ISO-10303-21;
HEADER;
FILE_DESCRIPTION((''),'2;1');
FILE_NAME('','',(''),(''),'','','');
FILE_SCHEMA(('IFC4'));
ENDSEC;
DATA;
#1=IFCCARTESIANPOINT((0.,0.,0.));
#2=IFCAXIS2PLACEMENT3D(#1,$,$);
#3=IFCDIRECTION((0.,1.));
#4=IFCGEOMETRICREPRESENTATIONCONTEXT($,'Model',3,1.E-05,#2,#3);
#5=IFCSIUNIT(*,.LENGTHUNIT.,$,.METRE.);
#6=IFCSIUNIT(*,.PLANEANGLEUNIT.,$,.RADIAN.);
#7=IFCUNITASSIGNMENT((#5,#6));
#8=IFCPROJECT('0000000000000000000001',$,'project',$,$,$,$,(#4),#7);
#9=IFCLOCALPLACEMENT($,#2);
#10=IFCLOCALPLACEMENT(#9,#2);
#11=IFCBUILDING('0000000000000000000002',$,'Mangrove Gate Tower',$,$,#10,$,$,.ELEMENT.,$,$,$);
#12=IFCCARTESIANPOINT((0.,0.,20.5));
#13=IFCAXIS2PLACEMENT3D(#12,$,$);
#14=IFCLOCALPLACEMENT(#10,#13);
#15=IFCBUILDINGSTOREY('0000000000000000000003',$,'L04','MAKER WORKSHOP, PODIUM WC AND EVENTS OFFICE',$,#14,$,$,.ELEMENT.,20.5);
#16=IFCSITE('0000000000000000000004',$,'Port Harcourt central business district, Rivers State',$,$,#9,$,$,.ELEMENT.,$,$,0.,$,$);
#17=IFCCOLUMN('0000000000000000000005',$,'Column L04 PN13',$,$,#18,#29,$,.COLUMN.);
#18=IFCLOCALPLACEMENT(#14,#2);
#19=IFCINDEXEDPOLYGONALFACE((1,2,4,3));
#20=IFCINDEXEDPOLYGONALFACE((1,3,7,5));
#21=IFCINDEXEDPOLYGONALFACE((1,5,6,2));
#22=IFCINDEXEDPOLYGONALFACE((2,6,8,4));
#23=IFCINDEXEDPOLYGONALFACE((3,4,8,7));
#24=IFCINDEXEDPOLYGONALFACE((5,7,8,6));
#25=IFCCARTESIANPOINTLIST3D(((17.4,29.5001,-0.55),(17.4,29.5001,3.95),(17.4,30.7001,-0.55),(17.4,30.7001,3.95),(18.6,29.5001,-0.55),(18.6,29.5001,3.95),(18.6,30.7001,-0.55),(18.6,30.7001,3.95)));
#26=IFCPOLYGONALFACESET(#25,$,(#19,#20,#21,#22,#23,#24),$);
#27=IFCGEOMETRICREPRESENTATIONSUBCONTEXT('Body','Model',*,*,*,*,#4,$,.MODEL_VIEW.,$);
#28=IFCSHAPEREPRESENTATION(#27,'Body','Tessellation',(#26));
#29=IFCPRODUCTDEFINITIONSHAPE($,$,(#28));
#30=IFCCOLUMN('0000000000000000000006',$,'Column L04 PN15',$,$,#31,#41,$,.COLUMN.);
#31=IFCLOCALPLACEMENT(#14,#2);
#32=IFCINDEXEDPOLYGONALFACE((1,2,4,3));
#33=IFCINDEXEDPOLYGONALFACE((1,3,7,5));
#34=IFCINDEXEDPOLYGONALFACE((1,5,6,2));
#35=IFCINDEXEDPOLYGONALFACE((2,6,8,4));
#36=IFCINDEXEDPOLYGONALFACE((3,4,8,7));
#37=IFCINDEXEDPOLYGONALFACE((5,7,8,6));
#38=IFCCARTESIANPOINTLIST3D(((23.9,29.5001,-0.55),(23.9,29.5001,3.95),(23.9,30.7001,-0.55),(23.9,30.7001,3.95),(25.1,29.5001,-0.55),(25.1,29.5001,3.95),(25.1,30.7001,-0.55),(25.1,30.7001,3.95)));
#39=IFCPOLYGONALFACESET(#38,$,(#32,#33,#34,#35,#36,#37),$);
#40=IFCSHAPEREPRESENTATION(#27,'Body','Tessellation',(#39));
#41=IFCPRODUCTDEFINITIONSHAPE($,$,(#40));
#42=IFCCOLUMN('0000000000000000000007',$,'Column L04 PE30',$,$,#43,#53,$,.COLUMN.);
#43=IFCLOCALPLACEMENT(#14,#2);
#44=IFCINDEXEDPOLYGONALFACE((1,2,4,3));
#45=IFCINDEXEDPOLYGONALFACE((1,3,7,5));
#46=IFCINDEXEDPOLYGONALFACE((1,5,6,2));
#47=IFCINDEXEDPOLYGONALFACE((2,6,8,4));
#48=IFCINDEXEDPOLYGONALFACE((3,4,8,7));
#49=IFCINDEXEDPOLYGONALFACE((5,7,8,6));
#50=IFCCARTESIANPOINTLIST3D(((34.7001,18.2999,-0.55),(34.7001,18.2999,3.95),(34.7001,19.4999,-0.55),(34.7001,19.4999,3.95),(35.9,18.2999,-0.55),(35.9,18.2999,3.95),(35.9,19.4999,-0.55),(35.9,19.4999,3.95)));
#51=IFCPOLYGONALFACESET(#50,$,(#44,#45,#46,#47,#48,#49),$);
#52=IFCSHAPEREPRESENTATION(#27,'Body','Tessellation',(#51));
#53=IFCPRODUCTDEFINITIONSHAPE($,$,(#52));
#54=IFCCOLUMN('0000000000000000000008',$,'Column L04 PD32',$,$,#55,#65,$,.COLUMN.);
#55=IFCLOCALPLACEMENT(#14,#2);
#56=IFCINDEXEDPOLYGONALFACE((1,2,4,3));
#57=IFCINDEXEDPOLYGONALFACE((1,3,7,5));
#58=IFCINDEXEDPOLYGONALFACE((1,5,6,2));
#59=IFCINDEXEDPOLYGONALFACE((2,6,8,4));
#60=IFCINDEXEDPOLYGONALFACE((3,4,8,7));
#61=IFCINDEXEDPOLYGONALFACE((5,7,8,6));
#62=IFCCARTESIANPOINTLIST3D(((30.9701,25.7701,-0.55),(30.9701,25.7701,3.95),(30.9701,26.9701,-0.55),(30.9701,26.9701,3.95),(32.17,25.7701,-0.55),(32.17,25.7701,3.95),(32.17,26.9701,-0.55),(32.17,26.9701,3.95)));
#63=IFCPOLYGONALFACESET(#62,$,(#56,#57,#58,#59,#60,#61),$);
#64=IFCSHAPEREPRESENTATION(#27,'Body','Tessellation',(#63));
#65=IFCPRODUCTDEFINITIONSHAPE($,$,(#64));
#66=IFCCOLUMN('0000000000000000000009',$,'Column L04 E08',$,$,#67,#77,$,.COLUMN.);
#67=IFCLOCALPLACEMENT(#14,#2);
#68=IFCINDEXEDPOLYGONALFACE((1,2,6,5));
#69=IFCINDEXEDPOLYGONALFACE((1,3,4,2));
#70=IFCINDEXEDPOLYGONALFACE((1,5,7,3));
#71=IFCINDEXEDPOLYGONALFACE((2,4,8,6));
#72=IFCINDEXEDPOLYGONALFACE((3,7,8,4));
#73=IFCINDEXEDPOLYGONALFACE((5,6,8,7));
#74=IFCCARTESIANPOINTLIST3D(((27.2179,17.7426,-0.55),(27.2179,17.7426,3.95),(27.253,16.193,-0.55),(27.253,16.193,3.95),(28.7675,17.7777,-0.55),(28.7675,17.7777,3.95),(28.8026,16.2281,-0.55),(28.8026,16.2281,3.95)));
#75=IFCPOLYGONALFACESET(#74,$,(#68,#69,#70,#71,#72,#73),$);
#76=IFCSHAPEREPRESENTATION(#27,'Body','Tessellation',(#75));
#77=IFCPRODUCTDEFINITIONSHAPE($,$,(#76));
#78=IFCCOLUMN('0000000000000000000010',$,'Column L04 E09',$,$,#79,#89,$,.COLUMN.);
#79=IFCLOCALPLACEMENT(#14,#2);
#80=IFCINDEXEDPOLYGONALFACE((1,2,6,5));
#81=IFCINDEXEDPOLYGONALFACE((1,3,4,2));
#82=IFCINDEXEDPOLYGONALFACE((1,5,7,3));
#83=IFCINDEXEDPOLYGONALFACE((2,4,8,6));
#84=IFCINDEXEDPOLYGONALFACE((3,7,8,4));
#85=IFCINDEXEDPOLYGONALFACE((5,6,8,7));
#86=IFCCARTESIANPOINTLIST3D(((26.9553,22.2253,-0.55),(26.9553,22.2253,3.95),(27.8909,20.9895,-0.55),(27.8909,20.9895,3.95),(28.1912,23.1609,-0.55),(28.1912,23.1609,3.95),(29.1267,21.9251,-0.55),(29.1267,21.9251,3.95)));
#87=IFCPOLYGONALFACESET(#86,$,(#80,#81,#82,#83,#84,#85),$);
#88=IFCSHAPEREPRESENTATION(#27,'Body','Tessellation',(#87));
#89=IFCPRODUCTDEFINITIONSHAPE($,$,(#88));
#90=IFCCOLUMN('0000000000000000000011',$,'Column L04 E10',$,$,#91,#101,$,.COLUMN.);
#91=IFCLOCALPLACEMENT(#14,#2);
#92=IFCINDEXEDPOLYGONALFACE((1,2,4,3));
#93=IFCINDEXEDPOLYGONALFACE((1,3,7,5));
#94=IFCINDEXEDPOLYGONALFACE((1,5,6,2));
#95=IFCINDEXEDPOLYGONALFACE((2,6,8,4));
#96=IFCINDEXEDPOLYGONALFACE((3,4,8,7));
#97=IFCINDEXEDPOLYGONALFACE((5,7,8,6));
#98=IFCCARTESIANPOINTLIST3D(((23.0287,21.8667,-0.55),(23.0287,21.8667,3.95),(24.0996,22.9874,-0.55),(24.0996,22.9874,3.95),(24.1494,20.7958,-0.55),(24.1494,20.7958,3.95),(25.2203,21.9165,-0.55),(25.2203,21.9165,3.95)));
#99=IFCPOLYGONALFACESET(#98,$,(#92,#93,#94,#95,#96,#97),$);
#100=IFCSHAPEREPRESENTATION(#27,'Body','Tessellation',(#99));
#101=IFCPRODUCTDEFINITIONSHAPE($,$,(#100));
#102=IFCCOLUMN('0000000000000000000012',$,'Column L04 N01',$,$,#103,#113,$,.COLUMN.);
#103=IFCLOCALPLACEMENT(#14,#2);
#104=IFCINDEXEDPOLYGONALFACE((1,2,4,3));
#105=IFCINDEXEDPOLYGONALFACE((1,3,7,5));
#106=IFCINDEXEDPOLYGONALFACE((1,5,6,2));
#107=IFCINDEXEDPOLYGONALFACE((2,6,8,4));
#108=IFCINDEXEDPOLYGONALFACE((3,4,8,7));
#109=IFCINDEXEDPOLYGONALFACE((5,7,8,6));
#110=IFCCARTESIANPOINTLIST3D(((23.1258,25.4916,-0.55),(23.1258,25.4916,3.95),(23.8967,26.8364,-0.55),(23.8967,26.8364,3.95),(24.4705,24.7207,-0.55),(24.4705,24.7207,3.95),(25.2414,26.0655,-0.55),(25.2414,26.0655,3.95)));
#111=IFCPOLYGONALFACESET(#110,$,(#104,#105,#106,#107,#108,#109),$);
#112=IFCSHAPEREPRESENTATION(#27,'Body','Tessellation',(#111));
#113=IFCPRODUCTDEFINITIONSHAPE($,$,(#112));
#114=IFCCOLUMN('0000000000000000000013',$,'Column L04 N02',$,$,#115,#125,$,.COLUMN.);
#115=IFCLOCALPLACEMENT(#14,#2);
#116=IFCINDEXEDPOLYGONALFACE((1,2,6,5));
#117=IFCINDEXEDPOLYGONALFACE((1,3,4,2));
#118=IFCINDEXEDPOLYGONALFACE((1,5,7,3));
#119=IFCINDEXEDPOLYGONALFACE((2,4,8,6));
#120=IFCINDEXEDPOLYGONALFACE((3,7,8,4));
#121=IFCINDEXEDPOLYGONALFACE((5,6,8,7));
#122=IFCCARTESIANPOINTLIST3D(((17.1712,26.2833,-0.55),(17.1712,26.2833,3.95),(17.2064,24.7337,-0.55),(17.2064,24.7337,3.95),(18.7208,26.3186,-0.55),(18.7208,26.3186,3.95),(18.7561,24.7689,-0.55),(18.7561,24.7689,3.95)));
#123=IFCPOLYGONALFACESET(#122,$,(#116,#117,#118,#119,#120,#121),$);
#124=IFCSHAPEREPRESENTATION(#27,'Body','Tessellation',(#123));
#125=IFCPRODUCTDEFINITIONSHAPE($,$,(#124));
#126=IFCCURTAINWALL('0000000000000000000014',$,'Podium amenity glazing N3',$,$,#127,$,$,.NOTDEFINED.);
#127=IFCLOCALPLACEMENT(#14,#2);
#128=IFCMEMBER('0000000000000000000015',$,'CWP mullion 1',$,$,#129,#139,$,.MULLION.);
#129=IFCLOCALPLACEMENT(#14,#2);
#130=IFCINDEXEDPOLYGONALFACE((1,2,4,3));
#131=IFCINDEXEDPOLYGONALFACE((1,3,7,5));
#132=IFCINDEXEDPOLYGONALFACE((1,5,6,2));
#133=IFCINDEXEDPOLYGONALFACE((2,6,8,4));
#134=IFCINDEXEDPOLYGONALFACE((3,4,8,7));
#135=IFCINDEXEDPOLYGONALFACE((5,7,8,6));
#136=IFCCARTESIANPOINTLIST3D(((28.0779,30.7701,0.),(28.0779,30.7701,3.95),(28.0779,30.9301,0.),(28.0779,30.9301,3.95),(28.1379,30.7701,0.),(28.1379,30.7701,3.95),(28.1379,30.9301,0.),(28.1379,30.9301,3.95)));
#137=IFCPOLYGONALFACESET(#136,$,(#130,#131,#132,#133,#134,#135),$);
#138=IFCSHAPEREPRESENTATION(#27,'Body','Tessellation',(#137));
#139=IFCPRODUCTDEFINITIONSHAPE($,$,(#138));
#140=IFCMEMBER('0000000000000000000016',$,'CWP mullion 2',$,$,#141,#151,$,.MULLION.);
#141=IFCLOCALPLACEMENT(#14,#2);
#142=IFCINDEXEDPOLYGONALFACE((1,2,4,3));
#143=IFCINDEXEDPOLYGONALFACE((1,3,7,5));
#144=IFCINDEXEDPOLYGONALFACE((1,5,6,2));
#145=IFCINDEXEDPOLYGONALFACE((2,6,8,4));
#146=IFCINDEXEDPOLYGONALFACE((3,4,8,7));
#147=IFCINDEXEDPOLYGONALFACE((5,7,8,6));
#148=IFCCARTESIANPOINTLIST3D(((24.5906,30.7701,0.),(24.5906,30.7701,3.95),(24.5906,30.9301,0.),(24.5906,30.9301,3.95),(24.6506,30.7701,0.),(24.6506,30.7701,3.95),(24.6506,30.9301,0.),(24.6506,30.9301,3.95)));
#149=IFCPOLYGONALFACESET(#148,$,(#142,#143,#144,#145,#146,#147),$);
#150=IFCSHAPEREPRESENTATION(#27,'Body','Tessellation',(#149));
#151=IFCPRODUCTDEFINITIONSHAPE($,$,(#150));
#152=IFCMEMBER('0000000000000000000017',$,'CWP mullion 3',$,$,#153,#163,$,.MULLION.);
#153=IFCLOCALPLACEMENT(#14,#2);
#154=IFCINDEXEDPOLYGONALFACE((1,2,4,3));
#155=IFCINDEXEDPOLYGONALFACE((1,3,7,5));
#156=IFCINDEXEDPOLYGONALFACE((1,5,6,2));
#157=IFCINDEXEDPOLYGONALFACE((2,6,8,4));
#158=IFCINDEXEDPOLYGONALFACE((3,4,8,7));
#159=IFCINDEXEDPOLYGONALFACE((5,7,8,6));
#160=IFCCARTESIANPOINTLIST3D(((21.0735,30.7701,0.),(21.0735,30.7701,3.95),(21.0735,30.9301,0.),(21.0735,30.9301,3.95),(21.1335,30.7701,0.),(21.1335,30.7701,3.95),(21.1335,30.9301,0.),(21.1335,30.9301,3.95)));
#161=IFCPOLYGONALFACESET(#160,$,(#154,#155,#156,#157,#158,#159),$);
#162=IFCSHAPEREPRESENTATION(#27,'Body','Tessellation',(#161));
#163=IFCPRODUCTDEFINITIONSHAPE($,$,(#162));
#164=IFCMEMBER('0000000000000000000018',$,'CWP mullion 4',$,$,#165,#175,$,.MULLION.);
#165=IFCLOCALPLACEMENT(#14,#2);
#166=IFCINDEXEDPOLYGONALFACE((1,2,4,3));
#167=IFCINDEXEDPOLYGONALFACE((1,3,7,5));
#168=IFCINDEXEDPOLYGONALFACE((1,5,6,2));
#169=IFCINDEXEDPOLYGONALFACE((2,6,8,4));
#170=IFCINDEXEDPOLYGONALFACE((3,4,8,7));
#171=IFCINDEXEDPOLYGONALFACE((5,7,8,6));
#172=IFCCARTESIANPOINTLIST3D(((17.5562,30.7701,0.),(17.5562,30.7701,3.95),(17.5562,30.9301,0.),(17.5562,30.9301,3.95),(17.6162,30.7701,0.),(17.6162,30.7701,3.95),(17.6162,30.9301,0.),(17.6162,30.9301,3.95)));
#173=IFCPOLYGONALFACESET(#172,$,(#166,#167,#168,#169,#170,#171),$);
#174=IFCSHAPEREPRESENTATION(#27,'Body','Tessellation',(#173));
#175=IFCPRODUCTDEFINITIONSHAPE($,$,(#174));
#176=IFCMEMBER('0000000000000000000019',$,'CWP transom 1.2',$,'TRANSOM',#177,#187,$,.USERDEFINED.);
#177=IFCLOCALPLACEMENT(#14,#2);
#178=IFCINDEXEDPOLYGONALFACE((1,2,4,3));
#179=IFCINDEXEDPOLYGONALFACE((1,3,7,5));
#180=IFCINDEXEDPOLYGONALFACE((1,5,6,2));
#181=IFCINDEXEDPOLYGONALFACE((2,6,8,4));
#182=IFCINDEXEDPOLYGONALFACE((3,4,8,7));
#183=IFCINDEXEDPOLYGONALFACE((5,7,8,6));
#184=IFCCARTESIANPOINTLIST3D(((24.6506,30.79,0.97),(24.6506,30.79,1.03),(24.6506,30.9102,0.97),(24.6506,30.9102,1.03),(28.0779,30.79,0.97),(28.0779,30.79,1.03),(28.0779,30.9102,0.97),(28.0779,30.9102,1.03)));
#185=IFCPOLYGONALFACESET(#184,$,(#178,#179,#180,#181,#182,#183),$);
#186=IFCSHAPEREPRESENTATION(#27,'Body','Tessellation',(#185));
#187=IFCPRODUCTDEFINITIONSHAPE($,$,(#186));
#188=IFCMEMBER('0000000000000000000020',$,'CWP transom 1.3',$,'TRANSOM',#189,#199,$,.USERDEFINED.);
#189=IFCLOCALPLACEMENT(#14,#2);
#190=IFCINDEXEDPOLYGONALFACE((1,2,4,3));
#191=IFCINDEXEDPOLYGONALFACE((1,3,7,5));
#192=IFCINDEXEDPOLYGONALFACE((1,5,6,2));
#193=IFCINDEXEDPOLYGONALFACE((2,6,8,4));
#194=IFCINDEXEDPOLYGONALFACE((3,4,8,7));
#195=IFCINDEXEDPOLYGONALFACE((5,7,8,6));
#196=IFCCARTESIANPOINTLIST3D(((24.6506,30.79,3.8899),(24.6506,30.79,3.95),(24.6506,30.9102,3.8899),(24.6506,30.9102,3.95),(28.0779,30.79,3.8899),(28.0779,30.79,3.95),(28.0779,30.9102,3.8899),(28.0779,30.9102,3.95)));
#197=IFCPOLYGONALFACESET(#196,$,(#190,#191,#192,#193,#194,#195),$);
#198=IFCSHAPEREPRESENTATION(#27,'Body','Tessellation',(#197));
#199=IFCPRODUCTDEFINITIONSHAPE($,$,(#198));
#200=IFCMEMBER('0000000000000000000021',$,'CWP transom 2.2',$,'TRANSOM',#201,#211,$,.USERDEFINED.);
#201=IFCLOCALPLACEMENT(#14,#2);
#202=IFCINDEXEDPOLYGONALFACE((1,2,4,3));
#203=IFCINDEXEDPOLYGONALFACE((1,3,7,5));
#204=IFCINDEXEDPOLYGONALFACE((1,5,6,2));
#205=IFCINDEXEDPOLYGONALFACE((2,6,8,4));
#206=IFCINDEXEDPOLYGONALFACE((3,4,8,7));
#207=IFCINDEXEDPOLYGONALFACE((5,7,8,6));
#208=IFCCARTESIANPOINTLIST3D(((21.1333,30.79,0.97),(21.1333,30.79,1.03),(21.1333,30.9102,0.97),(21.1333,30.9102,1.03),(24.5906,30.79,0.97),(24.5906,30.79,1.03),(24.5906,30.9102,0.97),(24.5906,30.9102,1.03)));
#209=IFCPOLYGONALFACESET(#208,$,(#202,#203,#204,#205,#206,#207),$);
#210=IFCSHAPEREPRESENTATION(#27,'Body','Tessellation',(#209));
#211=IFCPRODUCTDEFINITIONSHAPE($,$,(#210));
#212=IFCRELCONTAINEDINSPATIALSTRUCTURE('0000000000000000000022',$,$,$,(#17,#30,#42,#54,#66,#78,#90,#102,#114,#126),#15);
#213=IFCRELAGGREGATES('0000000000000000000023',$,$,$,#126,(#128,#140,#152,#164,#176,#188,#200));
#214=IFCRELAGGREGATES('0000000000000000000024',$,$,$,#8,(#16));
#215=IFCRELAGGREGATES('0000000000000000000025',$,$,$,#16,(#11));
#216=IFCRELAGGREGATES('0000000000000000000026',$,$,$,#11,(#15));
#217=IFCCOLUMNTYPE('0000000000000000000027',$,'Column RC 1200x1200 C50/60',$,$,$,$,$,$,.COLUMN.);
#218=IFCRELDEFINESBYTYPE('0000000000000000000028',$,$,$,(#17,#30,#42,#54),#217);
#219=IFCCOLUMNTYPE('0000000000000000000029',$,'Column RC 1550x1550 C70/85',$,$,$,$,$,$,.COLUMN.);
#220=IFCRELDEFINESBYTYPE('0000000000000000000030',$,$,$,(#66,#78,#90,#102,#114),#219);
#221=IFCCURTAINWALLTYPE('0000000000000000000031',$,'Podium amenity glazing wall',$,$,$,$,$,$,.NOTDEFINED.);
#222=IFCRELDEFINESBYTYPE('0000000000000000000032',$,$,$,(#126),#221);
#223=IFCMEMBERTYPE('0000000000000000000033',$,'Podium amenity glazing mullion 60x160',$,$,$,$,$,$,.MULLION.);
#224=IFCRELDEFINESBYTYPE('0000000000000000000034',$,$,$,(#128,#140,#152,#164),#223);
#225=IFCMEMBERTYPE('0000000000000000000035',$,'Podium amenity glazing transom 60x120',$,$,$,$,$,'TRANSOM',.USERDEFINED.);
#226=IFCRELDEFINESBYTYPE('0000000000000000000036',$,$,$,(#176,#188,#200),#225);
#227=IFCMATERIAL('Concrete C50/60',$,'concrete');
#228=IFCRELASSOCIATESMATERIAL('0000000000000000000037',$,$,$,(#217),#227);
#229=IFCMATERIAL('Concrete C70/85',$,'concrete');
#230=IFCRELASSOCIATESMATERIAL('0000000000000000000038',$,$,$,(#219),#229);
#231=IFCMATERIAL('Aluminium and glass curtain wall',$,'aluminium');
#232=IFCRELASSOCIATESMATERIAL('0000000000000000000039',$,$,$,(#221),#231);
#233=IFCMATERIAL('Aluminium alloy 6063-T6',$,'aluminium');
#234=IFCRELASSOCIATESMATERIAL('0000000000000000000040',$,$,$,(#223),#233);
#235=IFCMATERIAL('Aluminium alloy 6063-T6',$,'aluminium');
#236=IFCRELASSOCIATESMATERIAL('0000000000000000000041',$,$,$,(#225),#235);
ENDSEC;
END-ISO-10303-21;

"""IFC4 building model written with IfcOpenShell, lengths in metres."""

from ifc_helpers import new_model, si_unit, direction, frame, origin, origin_2d, place, context, subcontext, project, spatial, rectangle, extrude, material, material_profile, profile_set, type_object, element, aggregate, save


model = new_model("IFC4")

# Units and contexts
model_context = context("Model", 3, precision=1e-05, world=origin(), true_north=direction((0.0, 1.0)))
body_context = subcontext(model_context, "Body", "Model", "MODEL_VIEW")
ifc_project = project(units=[si_unit("LENGTHUNIT", "METRE"), si_unit("PLANEANGLEUNIT", "RADIAN")], contexts=[model_context])

# Site, building, storey
site_placement = place(None, origin())
site = spatial("IfcSite", under=ifc_project, at=site_placement, Name="Port Harcourt central business district, Rivers State", CompositionType="ELEMENT", RefElevation=0.0)
building_placement = place(site_placement, origin())
building = spatial("IfcBuilding", under=site, at=building_placement, Name="Mangrove Gate Tower", CompositionType="ELEMENT")
storey_placement = place(building_placement, frame((0.0, 0.0, 20.5)))
storey = spatial("IfcBuildingStorey", under=building, at=storey_placement, Name="L04", Description="MAKER WORKSHOP, PODIUM WC AND EVENTS OFFICE", CompositionType="ELEMENT", Elevation=20.5)

# Columns
ifc_material_1 = material(Name="Concrete C50/60", Category="concrete")
ifc_material_profile_1 = material_profile(ifc_material_1, rectangle(XDim=1.2, YDim=1.2, at=origin_2d()))
ifc_profile_set_1 = profile_set([ifc_material_profile_1], Name="Concrete C50/60")
column_type_1 = type_object("IfcColumnType", Name="Column RC 1200x1200 C50/60", PredefinedType="COLUMN", material=ifc_profile_set_1)
for number, where, z_axis, x_axis, name in (
    (1, (18.0, 30.1001, -0.55), (0.0, 0.0, 1.0), (1.0, 0.0, 0.0), "Column L04 PN13"),
    (2, (24.5, 30.1001, -0.55), (0.0, 0.0, 1.0), (1.0, 0.0, 0.0), "Column L04 PN15"),
    (3, (35.3, 18.8999, -0.55), (0.0, 0.0, 1.0), (1.0, 0.0, 0.0), "Column L04 PE30"),
    (4, (31.5701, 26.3701, -0.55), (0.0, 0.0, 1.0), (1.0, 0.0, 0.0), "Column L04 PD32"),
):
    element("IfcColumn", number, at=place(storey_placement, frame(where, z_axis=z_axis, x_axis=x_axis)), inside=storey, type_object=column_type_1, Name=name, PredefinedType="COLUMN", context=body_context, shape_type="SweptSolid", body=[
        extrude(rectangle(XDim=1.2, YDim=1.2, at=origin_2d()), origin(), (0.0, 0.0, 1.0), 4.5),
    ])
ifc_material_2 = material(Name="Concrete C70/85", Category="concrete")
ifc_material_profile_2 = material_profile(ifc_material_2, rectangle(XDim=1.55, YDim=1.55, at=origin_2d()))
ifc_profile_set_2 = profile_set([ifc_material_profile_2], Name="Concrete C70/85")
column_type_2 = type_object("IfcColumnType", Name="Column RC 1550x1550 C70/85", PredefinedType="COLUMN", material=ifc_profile_set_2)
for number, where, z_axis, x_axis, name in (
    (5, (28.0103, 16.9854, -0.55), (0.0, 0.0, 1.0), (-0.022646, 0.999744, 0.0), "Column L04 E08"),
    (6, (28.041, 22.0752, -0.55), (0.0, 0.0, 1.0), (-0.603576, 0.797306, 0.0), "Column L04 E09"),
    (7, (24.1245, 21.8916, -0.55), (0.0, 0.0, 1.0), (-0.72301, 0.690837, 0.0), "Column L04 E10"),
    (8, (24.1836, 25.7786, -0.55), (0.0, 0.0, 1.0), (-0.867551, 0.497349, 0.0), "Column L04 N01"),
    (9, (17.9636, 25.5261, -0.55), (0.0, 0.0, 1.0), (-0.999742, -0.022718, 0.0), "Column L04 N02"),
):
    element("IfcColumn", number, at=place(storey_placement, frame(where, z_axis=z_axis, x_axis=x_axis)), inside=storey, type_object=column_type_2, Name=name, PredefinedType="COLUMN", context=body_context, shape_type="SweptSolid", body=[
        extrude(rectangle(XDim=1.55, YDim=1.55, at=origin_2d()), origin(), (0.0, 0.0, 1.0), 4.5),
    ])

# Curtain wall, members
ifc_material_3 = material(Name="Aluminium and glass curtain wall", Category="aluminium")
curtain_wall_type = type_object("IfcCurtainWallType", Name="Podium amenity glazing wall", PredefinedType="NOTDEFINED", material=ifc_material_3)
curtain_wall_placement = place(storey_placement, origin())
curtain_wall = element("IfcCurtainWall", 10, at=curtain_wall_placement, inside=storey, type_object=curtain_wall_type, Name="Podium amenity glazing N3", PredefinedType="NOTDEFINED")
ifc_material_4 = material(Name="Aluminium alloy 6063-T6", Category="aluminium")
ifc_material_profile_3 = material_profile(ifc_material_4, rectangle(XDim=0.0601, YDim=0.1599, at=origin_2d()))
ifc_profile_set_3 = profile_set([ifc_material_profile_3], Name="Aluminium alloy 6063-T6")
member_type_1 = type_object("IfcMemberType", Name="Podium amenity glazing mullion 60x160", PredefinedType="MULLION", material=ifc_profile_set_3)
member_1_placement = place(storey_placement, frame((28.1079, 30.8501, 0.0), z_axis=(0.0, 0.0, 1.0), x_axis=(-1.0, 0.0, 0.0)))
member_1 = element("IfcMember", 11, at=member_1_placement, type_object=member_type_1, Name="CWP mullion 1", PredefinedType="MULLION", context=body_context, shape_type="SweptSolid", body=[
    extrude(rectangle(XDim=0.0601, YDim=0.1599, at=origin_2d()), origin(), (0.0, 0.0, 1.0), 3.95),
])
member_2_placement = place(storey_placement, frame((24.6206, 30.8501, 0.0), z_axis=(0.0, 0.0, 1.0), x_axis=(-1.0, 0.0, 0.0)))
member_2 = element("IfcMember", 12, at=member_2_placement, type_object=member_type_1, Name="CWP mullion 2", PredefinedType="MULLION", context=body_context, shape_type="SweptSolid", body=[
    extrude(rectangle(XDim=0.0601, YDim=0.1599, at=origin_2d()), origin(), (0.0, 0.0, 1.0), 3.95),
])
member_3_placement = place(storey_placement, frame((21.1035, 30.8501, 0.0), z_axis=(0.0, 0.0, 1.0), x_axis=(-1.0, 0.0, 0.0)))
member_3 = element("IfcMember", 13, at=member_3_placement, type_object=member_type_1, Name="CWP mullion 3", PredefinedType="MULLION", context=body_context, shape_type="SweptSolid", body=[
    extrude(rectangle(XDim=0.0601, YDim=0.1599, at=origin_2d()), origin(), (0.0, 0.0, 1.0), 3.95),
])
member_4_placement = place(storey_placement, frame((17.5862, 30.8501, 0.0), z_axis=(0.0, 0.0, 1.0), x_axis=(-1.0, 0.0, 0.0)))
member_4 = element("IfcMember", 14, at=member_4_placement, type_object=member_type_1, Name="CWP mullion 4", PredefinedType="MULLION", context=body_context, shape_type="SweptSolid", body=[
    extrude(rectangle(XDim=0.0601, YDim=0.1599, at=origin_2d()), origin(), (0.0, 0.0, 1.0), 3.95),
])
ifc_material_5 = material(Name="Aluminium alloy 6063-T6", Category="aluminium")
ifc_material_profile_4 = material_profile(ifc_material_5, rectangle(XDim=0.0601, YDim=0.1201, at=origin_2d()))
ifc_profile_set_4 = profile_set([ifc_material_profile_4], Name="Aluminium alloy 6063-T6")
member_type_2 = type_object("IfcMemberType", Name="Podium amenity glazing transom 60x120", ElementType="TRANSOM", PredefinedType="USERDEFINED", material=ifc_profile_set_4)
member_5_placement = place(storey_placement, frame((28.0779, 30.8501, 1.0), z_axis=(-1.0, 0.0, 0.0), x_axis=(0.0, 0.0, 1.0)))
member_5 = element("IfcMember", 15, at=member_5_placement, type_object=member_type_2, Name="CWP transom 1.2", ObjectType="TRANSOM", PredefinedType="USERDEFINED", context=body_context, shape_type="SweptSolid", body=[
    extrude(rectangle(XDim=0.0601, YDim=0.1201, at=origin_2d()), origin(), (0.0, 0.0, 1.0), 3.4272),
])
member_6_placement = place(storey_placement, frame((28.0779, 30.8501, 3.9199), z_axis=(-1.0, 0.0, 0.0), x_axis=(0.0, 0.0, 1.0)))
member_6 = element("IfcMember", 16, at=member_6_placement, type_object=member_type_2, Name="CWP transom 1.3", ObjectType="TRANSOM", PredefinedType="USERDEFINED", context=body_context, shape_type="SweptSolid", body=[
    extrude(rectangle(XDim=0.0601, YDim=0.1201, at=origin_2d()), origin(), (0.0, 0.0, 1.0), 3.4272),
])
member_7_placement = place(storey_placement, frame((24.5906, 30.8501, 1.0), z_axis=(-1.0, 0.0, 0.0), x_axis=(0.0, 0.0, 1.0)))
member_7 = element("IfcMember", 17, at=member_7_placement, type_object=member_type_2, Name="CWP transom 2.2", ObjectType="TRANSOM", PredefinedType="USERDEFINED", context=body_context, shape_type="SweptSolid", body=[
    extrude(rectangle(XDim=0.0601, YDim=0.1201, at=origin_2d()), origin(), (0.0, 0.0, 1.0), 3.4573),
])
aggregate(curtain_wall, [member_1, member_2, member_3, member_4, member_5, member_6, member_7])

save(model, "model.ifc")
